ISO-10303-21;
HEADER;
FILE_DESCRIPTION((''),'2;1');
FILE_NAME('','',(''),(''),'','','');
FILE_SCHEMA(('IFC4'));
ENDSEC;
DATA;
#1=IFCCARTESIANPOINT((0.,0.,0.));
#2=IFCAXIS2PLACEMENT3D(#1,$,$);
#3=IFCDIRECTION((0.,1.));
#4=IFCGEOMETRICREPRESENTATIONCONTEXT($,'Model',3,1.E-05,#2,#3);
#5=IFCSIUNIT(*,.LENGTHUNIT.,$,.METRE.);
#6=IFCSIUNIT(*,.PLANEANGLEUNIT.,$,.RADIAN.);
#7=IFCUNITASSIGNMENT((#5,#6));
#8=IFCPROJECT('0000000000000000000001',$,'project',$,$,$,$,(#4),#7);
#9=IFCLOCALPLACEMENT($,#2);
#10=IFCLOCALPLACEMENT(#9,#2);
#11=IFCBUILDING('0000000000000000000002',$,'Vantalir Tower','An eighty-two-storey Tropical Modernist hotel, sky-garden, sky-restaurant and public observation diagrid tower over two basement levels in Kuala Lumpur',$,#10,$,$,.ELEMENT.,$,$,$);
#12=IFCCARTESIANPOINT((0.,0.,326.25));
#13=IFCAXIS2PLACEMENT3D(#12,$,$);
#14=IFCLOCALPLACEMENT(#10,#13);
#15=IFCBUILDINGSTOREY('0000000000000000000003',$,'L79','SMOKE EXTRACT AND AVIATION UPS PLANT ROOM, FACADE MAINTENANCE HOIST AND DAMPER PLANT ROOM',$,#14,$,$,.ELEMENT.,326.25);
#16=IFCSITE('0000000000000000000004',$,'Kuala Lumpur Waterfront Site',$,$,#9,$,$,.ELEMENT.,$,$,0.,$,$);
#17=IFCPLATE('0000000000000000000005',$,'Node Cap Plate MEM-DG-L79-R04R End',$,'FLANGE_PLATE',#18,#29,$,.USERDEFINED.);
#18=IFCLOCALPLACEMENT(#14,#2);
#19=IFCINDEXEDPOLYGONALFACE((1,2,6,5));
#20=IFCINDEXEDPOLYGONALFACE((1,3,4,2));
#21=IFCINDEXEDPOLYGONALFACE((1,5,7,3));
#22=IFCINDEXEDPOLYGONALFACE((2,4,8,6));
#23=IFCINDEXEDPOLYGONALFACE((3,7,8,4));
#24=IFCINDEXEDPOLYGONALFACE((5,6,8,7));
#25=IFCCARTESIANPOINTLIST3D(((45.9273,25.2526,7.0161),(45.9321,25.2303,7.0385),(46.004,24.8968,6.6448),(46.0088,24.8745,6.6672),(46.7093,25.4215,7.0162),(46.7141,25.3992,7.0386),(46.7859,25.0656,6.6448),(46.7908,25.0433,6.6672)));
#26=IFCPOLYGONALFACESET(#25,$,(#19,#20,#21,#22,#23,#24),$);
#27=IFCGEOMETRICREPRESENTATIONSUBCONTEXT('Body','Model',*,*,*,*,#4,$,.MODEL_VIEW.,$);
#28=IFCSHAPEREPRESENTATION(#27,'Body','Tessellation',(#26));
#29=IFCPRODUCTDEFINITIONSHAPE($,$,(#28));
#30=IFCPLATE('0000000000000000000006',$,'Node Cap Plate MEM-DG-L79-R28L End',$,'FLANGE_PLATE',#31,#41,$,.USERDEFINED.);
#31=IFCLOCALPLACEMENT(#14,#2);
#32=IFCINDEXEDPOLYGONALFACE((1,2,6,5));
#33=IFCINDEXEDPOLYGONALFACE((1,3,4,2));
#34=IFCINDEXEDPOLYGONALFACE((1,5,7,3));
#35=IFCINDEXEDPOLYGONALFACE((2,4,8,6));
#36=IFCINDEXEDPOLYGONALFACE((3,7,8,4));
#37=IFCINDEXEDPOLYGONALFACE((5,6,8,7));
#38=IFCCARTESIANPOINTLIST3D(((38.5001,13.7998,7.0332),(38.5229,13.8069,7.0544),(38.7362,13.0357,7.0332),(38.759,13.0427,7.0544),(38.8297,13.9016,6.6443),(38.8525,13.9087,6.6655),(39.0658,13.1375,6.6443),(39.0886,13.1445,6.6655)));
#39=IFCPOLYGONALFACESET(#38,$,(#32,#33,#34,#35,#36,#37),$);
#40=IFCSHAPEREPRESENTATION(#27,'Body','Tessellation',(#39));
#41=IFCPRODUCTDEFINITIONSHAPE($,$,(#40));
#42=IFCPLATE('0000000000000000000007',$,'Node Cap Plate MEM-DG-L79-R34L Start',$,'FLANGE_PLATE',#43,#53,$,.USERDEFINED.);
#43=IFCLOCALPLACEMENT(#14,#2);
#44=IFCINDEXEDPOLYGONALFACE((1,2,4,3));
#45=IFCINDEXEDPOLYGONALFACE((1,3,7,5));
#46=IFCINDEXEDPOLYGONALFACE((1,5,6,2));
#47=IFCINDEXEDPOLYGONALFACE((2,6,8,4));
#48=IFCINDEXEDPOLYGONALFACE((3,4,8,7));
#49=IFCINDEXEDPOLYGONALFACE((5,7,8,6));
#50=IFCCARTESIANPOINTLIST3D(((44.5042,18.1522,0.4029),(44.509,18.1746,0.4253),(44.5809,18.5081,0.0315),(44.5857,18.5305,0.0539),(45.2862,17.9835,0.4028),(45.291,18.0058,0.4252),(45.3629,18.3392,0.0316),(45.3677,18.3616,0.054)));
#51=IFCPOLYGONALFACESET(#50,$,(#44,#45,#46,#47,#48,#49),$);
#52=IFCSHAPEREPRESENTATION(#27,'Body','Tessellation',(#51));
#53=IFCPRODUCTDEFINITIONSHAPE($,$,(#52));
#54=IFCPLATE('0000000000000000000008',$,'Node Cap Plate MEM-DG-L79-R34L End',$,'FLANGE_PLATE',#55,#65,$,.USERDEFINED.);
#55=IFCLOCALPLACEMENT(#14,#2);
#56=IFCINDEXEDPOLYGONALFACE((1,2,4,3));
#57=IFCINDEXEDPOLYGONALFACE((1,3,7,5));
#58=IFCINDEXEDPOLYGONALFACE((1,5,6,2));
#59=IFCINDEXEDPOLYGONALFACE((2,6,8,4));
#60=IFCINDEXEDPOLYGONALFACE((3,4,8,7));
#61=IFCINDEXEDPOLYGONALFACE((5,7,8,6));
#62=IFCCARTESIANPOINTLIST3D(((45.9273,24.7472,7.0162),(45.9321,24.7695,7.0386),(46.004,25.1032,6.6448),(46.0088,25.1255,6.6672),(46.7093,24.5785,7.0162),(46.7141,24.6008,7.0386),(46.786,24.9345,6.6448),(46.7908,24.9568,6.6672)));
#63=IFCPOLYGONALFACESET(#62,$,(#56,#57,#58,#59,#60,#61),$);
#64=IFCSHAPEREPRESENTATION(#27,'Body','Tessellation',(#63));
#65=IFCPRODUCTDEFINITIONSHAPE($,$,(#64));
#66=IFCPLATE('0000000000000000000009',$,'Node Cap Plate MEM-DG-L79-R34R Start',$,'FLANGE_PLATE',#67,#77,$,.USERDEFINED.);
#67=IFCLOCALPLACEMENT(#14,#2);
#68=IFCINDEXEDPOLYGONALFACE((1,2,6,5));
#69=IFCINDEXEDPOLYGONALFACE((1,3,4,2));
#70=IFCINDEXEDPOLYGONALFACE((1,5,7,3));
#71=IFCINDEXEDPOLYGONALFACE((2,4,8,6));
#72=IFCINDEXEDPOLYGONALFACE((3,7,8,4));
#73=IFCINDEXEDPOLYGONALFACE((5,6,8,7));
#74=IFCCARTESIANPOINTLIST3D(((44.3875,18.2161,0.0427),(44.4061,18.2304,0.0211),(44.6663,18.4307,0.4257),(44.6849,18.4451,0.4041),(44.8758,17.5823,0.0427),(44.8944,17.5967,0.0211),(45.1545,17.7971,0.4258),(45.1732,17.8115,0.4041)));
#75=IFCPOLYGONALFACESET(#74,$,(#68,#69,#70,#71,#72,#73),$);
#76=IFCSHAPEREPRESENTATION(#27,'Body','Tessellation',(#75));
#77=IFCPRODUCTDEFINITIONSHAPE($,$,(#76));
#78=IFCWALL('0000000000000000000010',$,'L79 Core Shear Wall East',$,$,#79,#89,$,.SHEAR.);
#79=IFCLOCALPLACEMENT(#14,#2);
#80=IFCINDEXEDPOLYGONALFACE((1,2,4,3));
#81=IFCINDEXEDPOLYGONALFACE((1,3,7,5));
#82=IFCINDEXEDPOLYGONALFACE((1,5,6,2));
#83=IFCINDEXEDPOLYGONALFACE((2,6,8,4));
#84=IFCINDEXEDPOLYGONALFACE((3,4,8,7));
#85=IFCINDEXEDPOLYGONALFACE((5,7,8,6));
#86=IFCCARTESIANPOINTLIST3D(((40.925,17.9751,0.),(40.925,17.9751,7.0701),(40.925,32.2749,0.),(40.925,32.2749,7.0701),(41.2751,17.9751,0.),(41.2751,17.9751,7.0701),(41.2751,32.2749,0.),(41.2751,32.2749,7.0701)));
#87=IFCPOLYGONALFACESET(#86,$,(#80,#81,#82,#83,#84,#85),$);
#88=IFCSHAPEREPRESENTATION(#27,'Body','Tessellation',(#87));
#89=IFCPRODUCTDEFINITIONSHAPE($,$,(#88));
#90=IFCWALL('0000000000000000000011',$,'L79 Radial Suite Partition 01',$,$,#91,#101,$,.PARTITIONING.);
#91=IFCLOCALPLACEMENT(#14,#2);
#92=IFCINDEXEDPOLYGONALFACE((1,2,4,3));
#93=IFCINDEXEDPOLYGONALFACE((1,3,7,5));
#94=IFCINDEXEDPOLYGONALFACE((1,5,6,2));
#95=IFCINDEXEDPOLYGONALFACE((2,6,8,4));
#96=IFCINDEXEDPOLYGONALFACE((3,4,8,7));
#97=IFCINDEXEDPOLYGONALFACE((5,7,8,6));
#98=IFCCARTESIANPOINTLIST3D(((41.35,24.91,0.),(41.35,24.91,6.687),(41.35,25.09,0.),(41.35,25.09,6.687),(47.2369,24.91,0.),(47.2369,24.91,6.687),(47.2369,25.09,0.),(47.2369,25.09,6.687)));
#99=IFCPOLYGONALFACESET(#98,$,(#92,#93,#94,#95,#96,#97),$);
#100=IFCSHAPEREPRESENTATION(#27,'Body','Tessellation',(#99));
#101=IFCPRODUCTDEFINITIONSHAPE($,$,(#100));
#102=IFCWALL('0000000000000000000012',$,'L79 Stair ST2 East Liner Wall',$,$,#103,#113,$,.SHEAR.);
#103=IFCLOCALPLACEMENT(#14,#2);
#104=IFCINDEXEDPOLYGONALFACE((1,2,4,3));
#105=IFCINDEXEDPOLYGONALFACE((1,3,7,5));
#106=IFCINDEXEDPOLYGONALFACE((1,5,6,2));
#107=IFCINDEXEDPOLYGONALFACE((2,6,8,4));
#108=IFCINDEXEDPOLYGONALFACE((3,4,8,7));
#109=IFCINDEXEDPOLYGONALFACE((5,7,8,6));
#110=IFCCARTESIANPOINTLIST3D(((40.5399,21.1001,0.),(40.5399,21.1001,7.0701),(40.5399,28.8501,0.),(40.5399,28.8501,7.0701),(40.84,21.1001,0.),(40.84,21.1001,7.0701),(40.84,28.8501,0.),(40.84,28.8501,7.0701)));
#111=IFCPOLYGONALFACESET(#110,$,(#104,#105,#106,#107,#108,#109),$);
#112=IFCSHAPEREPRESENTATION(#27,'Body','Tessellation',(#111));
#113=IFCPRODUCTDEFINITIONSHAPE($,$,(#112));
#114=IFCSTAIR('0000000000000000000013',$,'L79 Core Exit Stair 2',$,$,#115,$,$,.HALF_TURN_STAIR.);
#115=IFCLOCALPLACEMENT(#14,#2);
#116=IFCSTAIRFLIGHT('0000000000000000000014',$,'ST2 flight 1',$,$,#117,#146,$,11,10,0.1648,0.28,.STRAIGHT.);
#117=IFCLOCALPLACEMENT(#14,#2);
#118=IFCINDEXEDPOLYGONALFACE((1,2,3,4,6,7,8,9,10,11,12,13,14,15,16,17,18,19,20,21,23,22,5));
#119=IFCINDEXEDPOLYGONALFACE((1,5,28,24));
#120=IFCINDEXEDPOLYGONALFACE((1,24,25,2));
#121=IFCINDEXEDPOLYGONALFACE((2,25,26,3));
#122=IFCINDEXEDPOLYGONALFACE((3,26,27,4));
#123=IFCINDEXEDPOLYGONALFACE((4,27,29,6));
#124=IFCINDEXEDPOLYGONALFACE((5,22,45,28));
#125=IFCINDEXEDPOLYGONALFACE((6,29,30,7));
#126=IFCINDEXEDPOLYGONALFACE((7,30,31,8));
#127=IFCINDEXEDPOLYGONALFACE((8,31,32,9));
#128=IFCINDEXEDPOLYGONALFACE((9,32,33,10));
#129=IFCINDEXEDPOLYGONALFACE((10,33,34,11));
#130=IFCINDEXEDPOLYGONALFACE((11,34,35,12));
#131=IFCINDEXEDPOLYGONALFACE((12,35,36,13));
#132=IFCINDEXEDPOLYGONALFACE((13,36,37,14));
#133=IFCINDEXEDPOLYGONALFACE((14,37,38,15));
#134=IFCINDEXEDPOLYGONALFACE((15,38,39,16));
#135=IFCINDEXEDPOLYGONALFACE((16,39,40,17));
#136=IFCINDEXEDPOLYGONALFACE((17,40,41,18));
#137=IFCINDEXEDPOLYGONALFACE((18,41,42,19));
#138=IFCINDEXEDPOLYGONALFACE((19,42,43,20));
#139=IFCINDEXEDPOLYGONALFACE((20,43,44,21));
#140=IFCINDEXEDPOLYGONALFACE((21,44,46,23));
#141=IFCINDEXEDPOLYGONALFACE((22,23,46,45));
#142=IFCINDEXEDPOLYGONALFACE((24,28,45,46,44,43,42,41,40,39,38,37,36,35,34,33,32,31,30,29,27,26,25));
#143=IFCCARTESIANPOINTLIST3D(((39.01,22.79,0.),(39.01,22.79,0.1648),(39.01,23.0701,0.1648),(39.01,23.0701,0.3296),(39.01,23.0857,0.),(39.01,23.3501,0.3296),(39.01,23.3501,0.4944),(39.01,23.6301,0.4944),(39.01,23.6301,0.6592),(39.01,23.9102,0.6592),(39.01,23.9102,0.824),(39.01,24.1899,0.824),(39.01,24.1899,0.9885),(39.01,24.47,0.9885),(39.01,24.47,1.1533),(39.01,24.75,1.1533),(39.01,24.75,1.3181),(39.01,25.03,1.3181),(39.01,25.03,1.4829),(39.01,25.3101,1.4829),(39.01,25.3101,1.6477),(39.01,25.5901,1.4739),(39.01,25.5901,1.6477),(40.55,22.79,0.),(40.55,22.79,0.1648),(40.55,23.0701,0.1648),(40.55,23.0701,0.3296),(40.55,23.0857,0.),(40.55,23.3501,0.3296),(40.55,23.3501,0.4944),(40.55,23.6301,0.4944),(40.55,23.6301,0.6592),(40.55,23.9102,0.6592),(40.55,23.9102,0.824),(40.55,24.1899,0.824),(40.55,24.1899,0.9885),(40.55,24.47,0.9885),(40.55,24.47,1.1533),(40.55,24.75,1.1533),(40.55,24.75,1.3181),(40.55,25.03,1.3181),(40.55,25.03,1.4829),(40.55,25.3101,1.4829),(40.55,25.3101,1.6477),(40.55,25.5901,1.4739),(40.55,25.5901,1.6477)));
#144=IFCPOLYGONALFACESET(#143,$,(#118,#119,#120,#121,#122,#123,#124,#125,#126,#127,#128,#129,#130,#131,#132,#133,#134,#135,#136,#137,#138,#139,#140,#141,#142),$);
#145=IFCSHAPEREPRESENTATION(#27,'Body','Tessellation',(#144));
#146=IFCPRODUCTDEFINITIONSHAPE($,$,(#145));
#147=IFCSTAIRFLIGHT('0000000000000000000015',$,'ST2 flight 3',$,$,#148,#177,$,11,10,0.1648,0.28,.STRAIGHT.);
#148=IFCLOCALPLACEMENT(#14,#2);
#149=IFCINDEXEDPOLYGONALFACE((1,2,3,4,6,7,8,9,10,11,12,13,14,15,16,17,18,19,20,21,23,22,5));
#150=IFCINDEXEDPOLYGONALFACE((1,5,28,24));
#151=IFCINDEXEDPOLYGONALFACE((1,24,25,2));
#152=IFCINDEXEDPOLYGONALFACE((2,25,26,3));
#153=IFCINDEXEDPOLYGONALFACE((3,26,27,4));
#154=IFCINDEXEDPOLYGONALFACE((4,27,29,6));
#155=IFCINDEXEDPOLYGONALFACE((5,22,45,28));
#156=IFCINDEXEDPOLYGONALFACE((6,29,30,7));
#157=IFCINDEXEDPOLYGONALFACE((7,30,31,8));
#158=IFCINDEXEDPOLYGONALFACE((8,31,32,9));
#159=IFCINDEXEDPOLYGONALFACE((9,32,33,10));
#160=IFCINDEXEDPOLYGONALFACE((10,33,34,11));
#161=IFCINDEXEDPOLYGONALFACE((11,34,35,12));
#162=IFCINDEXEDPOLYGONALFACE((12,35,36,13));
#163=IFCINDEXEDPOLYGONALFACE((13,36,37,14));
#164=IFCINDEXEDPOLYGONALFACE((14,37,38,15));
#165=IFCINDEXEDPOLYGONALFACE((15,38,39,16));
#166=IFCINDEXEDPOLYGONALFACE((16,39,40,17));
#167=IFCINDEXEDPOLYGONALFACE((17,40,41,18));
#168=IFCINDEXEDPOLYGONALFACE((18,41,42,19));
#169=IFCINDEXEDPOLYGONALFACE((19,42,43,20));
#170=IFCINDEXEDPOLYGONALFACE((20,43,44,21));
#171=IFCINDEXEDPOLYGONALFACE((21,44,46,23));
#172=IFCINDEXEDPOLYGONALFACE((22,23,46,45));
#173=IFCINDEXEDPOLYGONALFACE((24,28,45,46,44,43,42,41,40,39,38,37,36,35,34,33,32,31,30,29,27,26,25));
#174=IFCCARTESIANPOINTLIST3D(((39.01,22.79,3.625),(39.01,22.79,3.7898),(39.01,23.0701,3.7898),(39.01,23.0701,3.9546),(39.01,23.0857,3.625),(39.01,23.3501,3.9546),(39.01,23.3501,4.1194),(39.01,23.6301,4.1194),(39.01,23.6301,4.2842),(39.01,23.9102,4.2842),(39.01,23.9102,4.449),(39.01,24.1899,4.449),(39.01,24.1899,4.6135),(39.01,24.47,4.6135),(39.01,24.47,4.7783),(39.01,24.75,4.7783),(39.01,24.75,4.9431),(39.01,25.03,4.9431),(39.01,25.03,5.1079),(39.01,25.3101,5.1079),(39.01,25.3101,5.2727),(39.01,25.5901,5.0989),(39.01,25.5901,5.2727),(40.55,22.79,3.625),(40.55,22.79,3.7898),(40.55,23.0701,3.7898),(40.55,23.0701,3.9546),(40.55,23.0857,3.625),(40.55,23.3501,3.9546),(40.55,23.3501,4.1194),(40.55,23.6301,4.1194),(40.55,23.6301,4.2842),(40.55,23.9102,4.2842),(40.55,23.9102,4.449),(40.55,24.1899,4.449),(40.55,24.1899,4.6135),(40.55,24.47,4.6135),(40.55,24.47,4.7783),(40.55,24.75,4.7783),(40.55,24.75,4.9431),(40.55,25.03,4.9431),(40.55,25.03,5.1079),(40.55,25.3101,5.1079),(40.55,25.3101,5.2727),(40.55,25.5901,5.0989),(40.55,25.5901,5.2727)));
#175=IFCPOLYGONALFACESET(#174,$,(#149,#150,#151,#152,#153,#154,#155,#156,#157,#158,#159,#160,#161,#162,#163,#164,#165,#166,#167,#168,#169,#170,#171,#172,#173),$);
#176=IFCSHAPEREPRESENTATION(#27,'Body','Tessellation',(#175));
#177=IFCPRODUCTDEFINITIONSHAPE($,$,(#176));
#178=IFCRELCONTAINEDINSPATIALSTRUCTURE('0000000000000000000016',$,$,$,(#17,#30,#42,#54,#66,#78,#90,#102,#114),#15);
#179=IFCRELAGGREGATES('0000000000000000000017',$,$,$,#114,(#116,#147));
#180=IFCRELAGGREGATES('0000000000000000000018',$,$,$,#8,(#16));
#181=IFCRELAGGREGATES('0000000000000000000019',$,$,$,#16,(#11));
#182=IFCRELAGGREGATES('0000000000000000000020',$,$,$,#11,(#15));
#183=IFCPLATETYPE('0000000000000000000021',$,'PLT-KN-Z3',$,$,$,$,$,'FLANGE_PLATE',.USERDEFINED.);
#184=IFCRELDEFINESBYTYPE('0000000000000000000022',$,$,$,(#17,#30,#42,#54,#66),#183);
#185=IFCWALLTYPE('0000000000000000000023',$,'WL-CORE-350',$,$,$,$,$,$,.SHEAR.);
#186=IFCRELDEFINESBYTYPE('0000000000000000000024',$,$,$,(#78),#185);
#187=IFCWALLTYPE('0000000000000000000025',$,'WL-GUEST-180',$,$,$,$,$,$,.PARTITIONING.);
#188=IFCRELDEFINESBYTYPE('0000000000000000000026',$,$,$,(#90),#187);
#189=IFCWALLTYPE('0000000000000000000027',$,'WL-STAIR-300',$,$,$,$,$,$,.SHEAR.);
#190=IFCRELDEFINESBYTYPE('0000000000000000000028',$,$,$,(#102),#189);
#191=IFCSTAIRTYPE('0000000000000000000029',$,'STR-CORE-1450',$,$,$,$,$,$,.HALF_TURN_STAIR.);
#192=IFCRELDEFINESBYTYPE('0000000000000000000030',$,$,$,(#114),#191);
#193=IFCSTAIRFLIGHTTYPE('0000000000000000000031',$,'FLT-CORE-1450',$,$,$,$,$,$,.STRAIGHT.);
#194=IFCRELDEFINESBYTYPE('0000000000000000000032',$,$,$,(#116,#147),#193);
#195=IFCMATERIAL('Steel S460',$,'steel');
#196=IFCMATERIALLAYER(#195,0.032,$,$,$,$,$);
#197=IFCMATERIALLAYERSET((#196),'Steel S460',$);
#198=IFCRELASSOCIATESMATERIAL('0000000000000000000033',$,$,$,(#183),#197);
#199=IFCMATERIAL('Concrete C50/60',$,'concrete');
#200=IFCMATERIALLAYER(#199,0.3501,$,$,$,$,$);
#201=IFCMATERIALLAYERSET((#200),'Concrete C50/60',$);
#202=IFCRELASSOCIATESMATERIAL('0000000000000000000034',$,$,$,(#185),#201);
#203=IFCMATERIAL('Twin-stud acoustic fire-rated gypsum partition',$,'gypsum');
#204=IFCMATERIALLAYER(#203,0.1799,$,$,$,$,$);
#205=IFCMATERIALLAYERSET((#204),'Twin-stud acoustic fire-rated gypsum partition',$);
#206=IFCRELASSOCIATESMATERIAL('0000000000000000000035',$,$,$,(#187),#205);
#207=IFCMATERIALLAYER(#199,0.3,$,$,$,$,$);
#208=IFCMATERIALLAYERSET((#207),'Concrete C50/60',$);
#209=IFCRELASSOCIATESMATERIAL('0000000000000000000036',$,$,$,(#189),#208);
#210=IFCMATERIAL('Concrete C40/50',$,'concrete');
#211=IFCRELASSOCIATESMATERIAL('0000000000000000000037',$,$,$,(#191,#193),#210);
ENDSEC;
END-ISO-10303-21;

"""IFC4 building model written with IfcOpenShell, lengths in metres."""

from ifc_helpers import new_model, si_unit, direction, frame, frame_2d, origin, place, context, subcontext, project, spatial, polyline, rectangle, outline, extrude, material, layer, layer_set, type_object, element, aggregate, save


model = new_model("IFC4")

# Units and contexts
model_context = context("Model", 3, precision=1e-05, world=origin(), true_north=direction((0.0, 1.0)))
body_context = subcontext(model_context, "Body", "Model", "MODEL_VIEW")
ifc_project = project(units=[si_unit("LENGTHUNIT", "METRE"), si_unit("PLANEANGLEUNIT", "RADIAN")], contexts=[model_context])

# Site, building, storey
site_placement = place(None, origin())
site = spatial("IfcSite", under=ifc_project, at=site_placement, Name="Kuala Lumpur Waterfront Site", CompositionType="ELEMENT", RefElevation=0.0)
building_placement = place(site_placement, origin())
building = spatial("IfcBuilding", under=site, at=building_placement, Name="Vantalir Tower", Description="An eighty-two-storey Tropical Modernist hotel, sky-garden, sky-restaurant and public observation diagrid tower over two basement levels in Kuala Lumpur", CompositionType="ELEMENT")
storey_placement = place(building_placement, frame((0.0, 0.0, 326.25)))
storey = spatial("IfcBuildingStorey", under=building, at=storey_placement, Name="L79", Description="SMOKE EXTRACT AND AVIATION UPS PLANT ROOM, FACADE MAINTENANCE HOIST AND DAMPER PLANT ROOM", CompositionType="ELEMENT", Elevation=326.25)

# Shared definitions
ifc_material_1 = material(Name="Concrete C50/60", Category="concrete")
ifc_material_2 = material(Name="Steel S460", Category="steel")

# Plates
ifc_layer_1 = layer(ifc_material_2, 0.032)
ifc_layer_set_1 = layer_set([ifc_layer_1], Name="Steel S460")
plate_type_1 = type_object("IfcPlateType", Name="PLT-KN-Z3", ElementType="FLANGE_PLATE", PredefinedType="USERDEFINED", material=ifc_layer_set_1)
plate_1_placement = place(storey_placement, frame((46.0088, 24.8745, 6.6672), z_axis=(0.150702, -0.698046, 0.700015), x_axis=(0.977495, 0.210958, -0.000075)))
element("IfcPlate", 1, at=plate_1_placement, inside=storey, type_object=plate_type_1, Name="Node Cap Plate MEM-DG-L79-R04R End", ObjectType="FLANGE_PLATE", PredefinedType="USERDEFINED", context=body_context, shape_type="SweptSolid", body=[
    extrude(outline(polyline([(0.0, 0.0), (0.8, 0.0), (0.8001, 0.5201), (0.0001, 0.5199), (0.0, 0.0)])), origin(), (0.0, 0.0, -1.0), 0.032),
])
plate_2_placement = place(storey_placement, frame((39.0886, 13.1445, 6.6655), z_axis=(0.714788, 0.220831, 0.66356), x_axis=(-0.29518, 0.955442, 0.0)))
element("IfcPlate", 2, at=plate_2_placement, inside=storey, type_object=plate_type_1, Name="Node Cap Plate MEM-DG-L79-R28L End", ObjectType="FLANGE_PLATE", PredefinedType="USERDEFINED", context=body_context, shape_type="SweptSolid", body=[
    extrude(outline(polyline([(0.0, 0.0), (0.7998, 0.0), (0.7998, 0.5199), (0.0, 0.5199), (0.0, 0.0)])), origin(), (0.0, 0.0, -1.0), 0.032),
])
plate_3_placement = place(storey_placement, frame((45.3677, 18.3616, 0.054), z_axis=(0.150702, 0.698046, 0.700015), x_axis=(-0.977464, 0.211101, -0.000075)))
element("IfcPlate", 3, at=plate_3_placement, inside=storey, type_object=plate_type_1, Name="Node Cap Plate MEM-DG-L79-R34L Start", ObjectType="FLANGE_PLATE", PredefinedType="USERDEFINED", context=body_context, shape_type="SweptSolid", body=[
    extrude(outline(polyline([(0.0, 0.0), (0.8, 0.0), (0.7998, 0.5201), (-0.0002, 0.5199), (0.0, 0.0)])), origin(), (0.0, 0.0, -1.0), 0.032),
])
plate_4_placement = place(storey_placement, frame((46.7908, 24.9568, 6.6672), z_axis=(0.150574, 0.697956, 0.700132), x_axis=(-0.977511, 0.210884, 0.0)))
element("IfcPlate", 4, at=plate_4_placement, inside=storey, type_object=plate_type_1, Name="Node Cap Plate MEM-DG-L79-R34L End", ObjectType="FLANGE_PLATE", PredefinedType="USERDEFINED", context=body_context, shape_type="SweptSolid", body=[
    extrude(outline(polyline([(0.0, 0.0), (0.8, 0.0), (0.7998, 0.5201), (-0.0001, 0.5201), (0.0, 0.0)])), origin(), (0.0, 0.0, -1.0), 0.032),
])
plate_5_placement = place(storey_placement, frame((44.3875, 18.2161, 0.0427), z_axis=(-0.583323, -0.449488, 0.676532), x_axis=(0.61034, -0.792139, -0.000046)))
element("IfcPlate", 5, at=plate_5_placement, inside=storey, type_object=plate_type_1, Name="Node Cap Plate MEM-DG-L79-R34R Start", ObjectType="FLANGE_PLATE", PredefinedType="USERDEFINED", context=body_context, shape_type="SweptSolid", body=[
    extrude(outline(polyline([(0.0, 0.0), (0.8001, 0.0), (0.8, 0.5202), (0.0002, 0.5201), (0.0, 0.0)])), origin(), (0.0, 0.0, -1.0), 0.032),
])

# Walls
ifc_layer_2 = layer(ifc_material_1, 0.3501)
ifc_layer_set_2 = layer_set([ifc_layer_2], Name="Concrete C50/60")
wall_type_1 = type_object("IfcWallType", Name="WL-CORE-350", PredefinedType="SHEAR", material=ifc_layer_set_2)
wall_1_placement = place(storey_placement, frame((41.1001, 17.9751, 0.0), z_axis=(0.0, 0.0, 1.0), x_axis=(0.0, 1.0, 0.0)))
element("IfcWall", 6, at=wall_1_placement, inside=storey, type_object=wall_type_1, Name="L79 Core Shear Wall East", PredefinedType="SHEAR", context=body_context, shape_type="SweptSolid", body=[
    extrude(rectangle(XDim=14.2998, YDim=0.3501, at=frame_2d((7.1499, 0.0))), origin(), (0.0, 0.0, 1.0), 7.0701),
])
ifc_material_3 = material(Name="Twin-stud acoustic fire-rated gypsum partition", Category="gypsum")
ifc_layer_3 = layer(ifc_material_3, 0.1799)
ifc_layer_set_3 = layer_set([ifc_layer_3], Name="Twin-stud acoustic fire-rated gypsum partition")
wall_type_2 = type_object("IfcWallType", Name="WL-GUEST-180", PredefinedType="PARTITIONING", material=ifc_layer_set_3)
wall_2_placement = place(storey_placement, frame((41.3501, 25.0, 0.0), z_axis=(0.0, 0.0, 1.0), x_axis=(1.0, 0.0, 0.0)))
element("IfcWall", 7, at=wall_2_placement, inside=storey, type_object=wall_type_2, Name="L79 Radial Suite Partition 01", PredefinedType="PARTITIONING", context=body_context, shape_type="SweptSolid", body=[
    extrude(rectangle(XDim=5.887, YDim=0.1799, at=frame_2d((2.9434, 0.0))), origin(), (0.0, 0.0, 1.0), 6.687),
])
ifc_layer_4 = layer(ifc_material_1, 0.3)
ifc_layer_set_4 = layer_set([ifc_layer_4], Name="Concrete C50/60")
wall_type_3 = type_object("IfcWallType", Name="WL-STAIR-300", PredefinedType="SHEAR", material=ifc_layer_set_4)
wall_3_placement = place(storey_placement, frame((40.6899, 21.1001, 0.0), z_axis=(0.0, 0.0, 1.0), x_axis=(0.0, 1.0, 0.0)))
element("IfcWall", 8, at=wall_3_placement, inside=storey, type_object=wall_type_3, Name="L79 Stair ST2 East Liner Wall", PredefinedType="SHEAR", context=body_context, shape_type="SweptSolid", body=[
    extrude(rectangle(XDim=7.75, YDim=0.3, at=frame_2d((3.875, 0.0))), origin(), (0.0, 0.0, 1.0), 7.0701),
])

# Stair, stair flights
ifc_material_4 = material(Name="Concrete C40/50", Category="concrete")
stair_type = type_object("IfcStairType", Name="STR-CORE-1450", PredefinedType="HALF_TURN_STAIR", material=ifc_material_4)
stair_placement = place(storey_placement, origin())
stair = element("IfcStair", 9, at=stair_placement, inside=storey, type_object=stair_type, Name="L79 Core Exit Stair 2", PredefinedType="HALF_TURN_STAIR")
stair_flight_type = type_object("IfcStairFlightType", Name="FLT-CORE-1450", PredefinedType="STRAIGHT", material=ifc_material_4)
stair_flight_1_placement = place(storey_placement, frame((39.78, 22.79, 0.0), z_axis=(0.0, 0.0, 1.0), x_axis=(0.0, 1.0, 0.0)))
stair_flight_1 = element("IfcStairFlight", 10, at=stair_flight_1_placement, type_object=stair_flight_type, Name="ST2 flight 1", NumberOfRisers=11, NumberOfTreads=10, PredefinedType="STRAIGHT", RiserHeight=0.1648, TreadLength=0.28, context=body_context, shape_type="SweptSolid", body=[
    extrude(outline(polyline([(0.0, 0.0), (0.0, 0.1648), (0.28, 0.1648), (0.28, 0.3296), (0.5601, 0.3296), (0.5601, 0.4944), (0.8401, 0.4944), (0.8401, 0.6592), (1.1201, 0.6592), (1.1201, 0.824), (1.3999, 0.824), (1.3999, 0.9885), (1.6799, 0.9885), (1.6799, 1.1533), (1.96, 1.1533), (1.96, 1.3181), (2.24, 1.3181), (2.24, 1.4829), (2.52, 1.4829), (2.52, 1.6477), (2.8, 1.6477), (2.8, 1.8125), (2.8, 1.4739), (0.2957, 0.0), (0.0, 0.0)])), frame((0.0, 0.77, 0.0), z_axis=(0.0, -1.0, 0.0), x_axis=(1.0, 0.0, 0.0)), (0.0, 0.0, 1.0), 1.54),
])
stair_flight_2_placement = place(storey_placement, frame((39.78, 22.79, 3.625), z_axis=(0.0, 0.0, 1.0), x_axis=(0.0, 1.0, 0.0)))
stair_flight_2 = element("IfcStairFlight", 11, at=stair_flight_2_placement, type_object=stair_flight_type, Name="ST2 flight 3", NumberOfRisers=11, NumberOfTreads=10, PredefinedType="STRAIGHT", RiserHeight=0.1648, TreadLength=0.28, context=body_context, shape_type="SweptSolid", body=[
    extrude(outline(polyline([(0.0, 0.0), (0.0, 0.1648), (0.28, 0.1648), (0.28, 0.3296), (0.5601, 0.3296), (0.5601, 0.4944), (0.8401, 0.4944), (0.8401, 0.6592), (1.1201, 0.6592), (1.1201, 0.824), (1.3999, 0.824), (1.3999, 0.9885), (1.6799, 0.9885), (1.6799, 1.1533), (1.96, 1.1533), (1.96, 1.3181), (2.24, 1.3181), (2.24, 1.4829), (2.52, 1.4829), (2.52, 1.6477), (2.8, 1.6477), (2.8, 1.8125), (2.8, 1.4739), (0.2957, 0.0), (0.0, 0.0)])), frame((0.0, 0.77, 0.0), z_axis=(0.0, -1.0, 0.0), x_axis=(1.0, 0.0, 0.0)), (0.0, 0.0, 1.0), 1.54),
])
aggregate(stair, [stair_flight_1, stair_flight_2])

save(model, "model.ifc")
